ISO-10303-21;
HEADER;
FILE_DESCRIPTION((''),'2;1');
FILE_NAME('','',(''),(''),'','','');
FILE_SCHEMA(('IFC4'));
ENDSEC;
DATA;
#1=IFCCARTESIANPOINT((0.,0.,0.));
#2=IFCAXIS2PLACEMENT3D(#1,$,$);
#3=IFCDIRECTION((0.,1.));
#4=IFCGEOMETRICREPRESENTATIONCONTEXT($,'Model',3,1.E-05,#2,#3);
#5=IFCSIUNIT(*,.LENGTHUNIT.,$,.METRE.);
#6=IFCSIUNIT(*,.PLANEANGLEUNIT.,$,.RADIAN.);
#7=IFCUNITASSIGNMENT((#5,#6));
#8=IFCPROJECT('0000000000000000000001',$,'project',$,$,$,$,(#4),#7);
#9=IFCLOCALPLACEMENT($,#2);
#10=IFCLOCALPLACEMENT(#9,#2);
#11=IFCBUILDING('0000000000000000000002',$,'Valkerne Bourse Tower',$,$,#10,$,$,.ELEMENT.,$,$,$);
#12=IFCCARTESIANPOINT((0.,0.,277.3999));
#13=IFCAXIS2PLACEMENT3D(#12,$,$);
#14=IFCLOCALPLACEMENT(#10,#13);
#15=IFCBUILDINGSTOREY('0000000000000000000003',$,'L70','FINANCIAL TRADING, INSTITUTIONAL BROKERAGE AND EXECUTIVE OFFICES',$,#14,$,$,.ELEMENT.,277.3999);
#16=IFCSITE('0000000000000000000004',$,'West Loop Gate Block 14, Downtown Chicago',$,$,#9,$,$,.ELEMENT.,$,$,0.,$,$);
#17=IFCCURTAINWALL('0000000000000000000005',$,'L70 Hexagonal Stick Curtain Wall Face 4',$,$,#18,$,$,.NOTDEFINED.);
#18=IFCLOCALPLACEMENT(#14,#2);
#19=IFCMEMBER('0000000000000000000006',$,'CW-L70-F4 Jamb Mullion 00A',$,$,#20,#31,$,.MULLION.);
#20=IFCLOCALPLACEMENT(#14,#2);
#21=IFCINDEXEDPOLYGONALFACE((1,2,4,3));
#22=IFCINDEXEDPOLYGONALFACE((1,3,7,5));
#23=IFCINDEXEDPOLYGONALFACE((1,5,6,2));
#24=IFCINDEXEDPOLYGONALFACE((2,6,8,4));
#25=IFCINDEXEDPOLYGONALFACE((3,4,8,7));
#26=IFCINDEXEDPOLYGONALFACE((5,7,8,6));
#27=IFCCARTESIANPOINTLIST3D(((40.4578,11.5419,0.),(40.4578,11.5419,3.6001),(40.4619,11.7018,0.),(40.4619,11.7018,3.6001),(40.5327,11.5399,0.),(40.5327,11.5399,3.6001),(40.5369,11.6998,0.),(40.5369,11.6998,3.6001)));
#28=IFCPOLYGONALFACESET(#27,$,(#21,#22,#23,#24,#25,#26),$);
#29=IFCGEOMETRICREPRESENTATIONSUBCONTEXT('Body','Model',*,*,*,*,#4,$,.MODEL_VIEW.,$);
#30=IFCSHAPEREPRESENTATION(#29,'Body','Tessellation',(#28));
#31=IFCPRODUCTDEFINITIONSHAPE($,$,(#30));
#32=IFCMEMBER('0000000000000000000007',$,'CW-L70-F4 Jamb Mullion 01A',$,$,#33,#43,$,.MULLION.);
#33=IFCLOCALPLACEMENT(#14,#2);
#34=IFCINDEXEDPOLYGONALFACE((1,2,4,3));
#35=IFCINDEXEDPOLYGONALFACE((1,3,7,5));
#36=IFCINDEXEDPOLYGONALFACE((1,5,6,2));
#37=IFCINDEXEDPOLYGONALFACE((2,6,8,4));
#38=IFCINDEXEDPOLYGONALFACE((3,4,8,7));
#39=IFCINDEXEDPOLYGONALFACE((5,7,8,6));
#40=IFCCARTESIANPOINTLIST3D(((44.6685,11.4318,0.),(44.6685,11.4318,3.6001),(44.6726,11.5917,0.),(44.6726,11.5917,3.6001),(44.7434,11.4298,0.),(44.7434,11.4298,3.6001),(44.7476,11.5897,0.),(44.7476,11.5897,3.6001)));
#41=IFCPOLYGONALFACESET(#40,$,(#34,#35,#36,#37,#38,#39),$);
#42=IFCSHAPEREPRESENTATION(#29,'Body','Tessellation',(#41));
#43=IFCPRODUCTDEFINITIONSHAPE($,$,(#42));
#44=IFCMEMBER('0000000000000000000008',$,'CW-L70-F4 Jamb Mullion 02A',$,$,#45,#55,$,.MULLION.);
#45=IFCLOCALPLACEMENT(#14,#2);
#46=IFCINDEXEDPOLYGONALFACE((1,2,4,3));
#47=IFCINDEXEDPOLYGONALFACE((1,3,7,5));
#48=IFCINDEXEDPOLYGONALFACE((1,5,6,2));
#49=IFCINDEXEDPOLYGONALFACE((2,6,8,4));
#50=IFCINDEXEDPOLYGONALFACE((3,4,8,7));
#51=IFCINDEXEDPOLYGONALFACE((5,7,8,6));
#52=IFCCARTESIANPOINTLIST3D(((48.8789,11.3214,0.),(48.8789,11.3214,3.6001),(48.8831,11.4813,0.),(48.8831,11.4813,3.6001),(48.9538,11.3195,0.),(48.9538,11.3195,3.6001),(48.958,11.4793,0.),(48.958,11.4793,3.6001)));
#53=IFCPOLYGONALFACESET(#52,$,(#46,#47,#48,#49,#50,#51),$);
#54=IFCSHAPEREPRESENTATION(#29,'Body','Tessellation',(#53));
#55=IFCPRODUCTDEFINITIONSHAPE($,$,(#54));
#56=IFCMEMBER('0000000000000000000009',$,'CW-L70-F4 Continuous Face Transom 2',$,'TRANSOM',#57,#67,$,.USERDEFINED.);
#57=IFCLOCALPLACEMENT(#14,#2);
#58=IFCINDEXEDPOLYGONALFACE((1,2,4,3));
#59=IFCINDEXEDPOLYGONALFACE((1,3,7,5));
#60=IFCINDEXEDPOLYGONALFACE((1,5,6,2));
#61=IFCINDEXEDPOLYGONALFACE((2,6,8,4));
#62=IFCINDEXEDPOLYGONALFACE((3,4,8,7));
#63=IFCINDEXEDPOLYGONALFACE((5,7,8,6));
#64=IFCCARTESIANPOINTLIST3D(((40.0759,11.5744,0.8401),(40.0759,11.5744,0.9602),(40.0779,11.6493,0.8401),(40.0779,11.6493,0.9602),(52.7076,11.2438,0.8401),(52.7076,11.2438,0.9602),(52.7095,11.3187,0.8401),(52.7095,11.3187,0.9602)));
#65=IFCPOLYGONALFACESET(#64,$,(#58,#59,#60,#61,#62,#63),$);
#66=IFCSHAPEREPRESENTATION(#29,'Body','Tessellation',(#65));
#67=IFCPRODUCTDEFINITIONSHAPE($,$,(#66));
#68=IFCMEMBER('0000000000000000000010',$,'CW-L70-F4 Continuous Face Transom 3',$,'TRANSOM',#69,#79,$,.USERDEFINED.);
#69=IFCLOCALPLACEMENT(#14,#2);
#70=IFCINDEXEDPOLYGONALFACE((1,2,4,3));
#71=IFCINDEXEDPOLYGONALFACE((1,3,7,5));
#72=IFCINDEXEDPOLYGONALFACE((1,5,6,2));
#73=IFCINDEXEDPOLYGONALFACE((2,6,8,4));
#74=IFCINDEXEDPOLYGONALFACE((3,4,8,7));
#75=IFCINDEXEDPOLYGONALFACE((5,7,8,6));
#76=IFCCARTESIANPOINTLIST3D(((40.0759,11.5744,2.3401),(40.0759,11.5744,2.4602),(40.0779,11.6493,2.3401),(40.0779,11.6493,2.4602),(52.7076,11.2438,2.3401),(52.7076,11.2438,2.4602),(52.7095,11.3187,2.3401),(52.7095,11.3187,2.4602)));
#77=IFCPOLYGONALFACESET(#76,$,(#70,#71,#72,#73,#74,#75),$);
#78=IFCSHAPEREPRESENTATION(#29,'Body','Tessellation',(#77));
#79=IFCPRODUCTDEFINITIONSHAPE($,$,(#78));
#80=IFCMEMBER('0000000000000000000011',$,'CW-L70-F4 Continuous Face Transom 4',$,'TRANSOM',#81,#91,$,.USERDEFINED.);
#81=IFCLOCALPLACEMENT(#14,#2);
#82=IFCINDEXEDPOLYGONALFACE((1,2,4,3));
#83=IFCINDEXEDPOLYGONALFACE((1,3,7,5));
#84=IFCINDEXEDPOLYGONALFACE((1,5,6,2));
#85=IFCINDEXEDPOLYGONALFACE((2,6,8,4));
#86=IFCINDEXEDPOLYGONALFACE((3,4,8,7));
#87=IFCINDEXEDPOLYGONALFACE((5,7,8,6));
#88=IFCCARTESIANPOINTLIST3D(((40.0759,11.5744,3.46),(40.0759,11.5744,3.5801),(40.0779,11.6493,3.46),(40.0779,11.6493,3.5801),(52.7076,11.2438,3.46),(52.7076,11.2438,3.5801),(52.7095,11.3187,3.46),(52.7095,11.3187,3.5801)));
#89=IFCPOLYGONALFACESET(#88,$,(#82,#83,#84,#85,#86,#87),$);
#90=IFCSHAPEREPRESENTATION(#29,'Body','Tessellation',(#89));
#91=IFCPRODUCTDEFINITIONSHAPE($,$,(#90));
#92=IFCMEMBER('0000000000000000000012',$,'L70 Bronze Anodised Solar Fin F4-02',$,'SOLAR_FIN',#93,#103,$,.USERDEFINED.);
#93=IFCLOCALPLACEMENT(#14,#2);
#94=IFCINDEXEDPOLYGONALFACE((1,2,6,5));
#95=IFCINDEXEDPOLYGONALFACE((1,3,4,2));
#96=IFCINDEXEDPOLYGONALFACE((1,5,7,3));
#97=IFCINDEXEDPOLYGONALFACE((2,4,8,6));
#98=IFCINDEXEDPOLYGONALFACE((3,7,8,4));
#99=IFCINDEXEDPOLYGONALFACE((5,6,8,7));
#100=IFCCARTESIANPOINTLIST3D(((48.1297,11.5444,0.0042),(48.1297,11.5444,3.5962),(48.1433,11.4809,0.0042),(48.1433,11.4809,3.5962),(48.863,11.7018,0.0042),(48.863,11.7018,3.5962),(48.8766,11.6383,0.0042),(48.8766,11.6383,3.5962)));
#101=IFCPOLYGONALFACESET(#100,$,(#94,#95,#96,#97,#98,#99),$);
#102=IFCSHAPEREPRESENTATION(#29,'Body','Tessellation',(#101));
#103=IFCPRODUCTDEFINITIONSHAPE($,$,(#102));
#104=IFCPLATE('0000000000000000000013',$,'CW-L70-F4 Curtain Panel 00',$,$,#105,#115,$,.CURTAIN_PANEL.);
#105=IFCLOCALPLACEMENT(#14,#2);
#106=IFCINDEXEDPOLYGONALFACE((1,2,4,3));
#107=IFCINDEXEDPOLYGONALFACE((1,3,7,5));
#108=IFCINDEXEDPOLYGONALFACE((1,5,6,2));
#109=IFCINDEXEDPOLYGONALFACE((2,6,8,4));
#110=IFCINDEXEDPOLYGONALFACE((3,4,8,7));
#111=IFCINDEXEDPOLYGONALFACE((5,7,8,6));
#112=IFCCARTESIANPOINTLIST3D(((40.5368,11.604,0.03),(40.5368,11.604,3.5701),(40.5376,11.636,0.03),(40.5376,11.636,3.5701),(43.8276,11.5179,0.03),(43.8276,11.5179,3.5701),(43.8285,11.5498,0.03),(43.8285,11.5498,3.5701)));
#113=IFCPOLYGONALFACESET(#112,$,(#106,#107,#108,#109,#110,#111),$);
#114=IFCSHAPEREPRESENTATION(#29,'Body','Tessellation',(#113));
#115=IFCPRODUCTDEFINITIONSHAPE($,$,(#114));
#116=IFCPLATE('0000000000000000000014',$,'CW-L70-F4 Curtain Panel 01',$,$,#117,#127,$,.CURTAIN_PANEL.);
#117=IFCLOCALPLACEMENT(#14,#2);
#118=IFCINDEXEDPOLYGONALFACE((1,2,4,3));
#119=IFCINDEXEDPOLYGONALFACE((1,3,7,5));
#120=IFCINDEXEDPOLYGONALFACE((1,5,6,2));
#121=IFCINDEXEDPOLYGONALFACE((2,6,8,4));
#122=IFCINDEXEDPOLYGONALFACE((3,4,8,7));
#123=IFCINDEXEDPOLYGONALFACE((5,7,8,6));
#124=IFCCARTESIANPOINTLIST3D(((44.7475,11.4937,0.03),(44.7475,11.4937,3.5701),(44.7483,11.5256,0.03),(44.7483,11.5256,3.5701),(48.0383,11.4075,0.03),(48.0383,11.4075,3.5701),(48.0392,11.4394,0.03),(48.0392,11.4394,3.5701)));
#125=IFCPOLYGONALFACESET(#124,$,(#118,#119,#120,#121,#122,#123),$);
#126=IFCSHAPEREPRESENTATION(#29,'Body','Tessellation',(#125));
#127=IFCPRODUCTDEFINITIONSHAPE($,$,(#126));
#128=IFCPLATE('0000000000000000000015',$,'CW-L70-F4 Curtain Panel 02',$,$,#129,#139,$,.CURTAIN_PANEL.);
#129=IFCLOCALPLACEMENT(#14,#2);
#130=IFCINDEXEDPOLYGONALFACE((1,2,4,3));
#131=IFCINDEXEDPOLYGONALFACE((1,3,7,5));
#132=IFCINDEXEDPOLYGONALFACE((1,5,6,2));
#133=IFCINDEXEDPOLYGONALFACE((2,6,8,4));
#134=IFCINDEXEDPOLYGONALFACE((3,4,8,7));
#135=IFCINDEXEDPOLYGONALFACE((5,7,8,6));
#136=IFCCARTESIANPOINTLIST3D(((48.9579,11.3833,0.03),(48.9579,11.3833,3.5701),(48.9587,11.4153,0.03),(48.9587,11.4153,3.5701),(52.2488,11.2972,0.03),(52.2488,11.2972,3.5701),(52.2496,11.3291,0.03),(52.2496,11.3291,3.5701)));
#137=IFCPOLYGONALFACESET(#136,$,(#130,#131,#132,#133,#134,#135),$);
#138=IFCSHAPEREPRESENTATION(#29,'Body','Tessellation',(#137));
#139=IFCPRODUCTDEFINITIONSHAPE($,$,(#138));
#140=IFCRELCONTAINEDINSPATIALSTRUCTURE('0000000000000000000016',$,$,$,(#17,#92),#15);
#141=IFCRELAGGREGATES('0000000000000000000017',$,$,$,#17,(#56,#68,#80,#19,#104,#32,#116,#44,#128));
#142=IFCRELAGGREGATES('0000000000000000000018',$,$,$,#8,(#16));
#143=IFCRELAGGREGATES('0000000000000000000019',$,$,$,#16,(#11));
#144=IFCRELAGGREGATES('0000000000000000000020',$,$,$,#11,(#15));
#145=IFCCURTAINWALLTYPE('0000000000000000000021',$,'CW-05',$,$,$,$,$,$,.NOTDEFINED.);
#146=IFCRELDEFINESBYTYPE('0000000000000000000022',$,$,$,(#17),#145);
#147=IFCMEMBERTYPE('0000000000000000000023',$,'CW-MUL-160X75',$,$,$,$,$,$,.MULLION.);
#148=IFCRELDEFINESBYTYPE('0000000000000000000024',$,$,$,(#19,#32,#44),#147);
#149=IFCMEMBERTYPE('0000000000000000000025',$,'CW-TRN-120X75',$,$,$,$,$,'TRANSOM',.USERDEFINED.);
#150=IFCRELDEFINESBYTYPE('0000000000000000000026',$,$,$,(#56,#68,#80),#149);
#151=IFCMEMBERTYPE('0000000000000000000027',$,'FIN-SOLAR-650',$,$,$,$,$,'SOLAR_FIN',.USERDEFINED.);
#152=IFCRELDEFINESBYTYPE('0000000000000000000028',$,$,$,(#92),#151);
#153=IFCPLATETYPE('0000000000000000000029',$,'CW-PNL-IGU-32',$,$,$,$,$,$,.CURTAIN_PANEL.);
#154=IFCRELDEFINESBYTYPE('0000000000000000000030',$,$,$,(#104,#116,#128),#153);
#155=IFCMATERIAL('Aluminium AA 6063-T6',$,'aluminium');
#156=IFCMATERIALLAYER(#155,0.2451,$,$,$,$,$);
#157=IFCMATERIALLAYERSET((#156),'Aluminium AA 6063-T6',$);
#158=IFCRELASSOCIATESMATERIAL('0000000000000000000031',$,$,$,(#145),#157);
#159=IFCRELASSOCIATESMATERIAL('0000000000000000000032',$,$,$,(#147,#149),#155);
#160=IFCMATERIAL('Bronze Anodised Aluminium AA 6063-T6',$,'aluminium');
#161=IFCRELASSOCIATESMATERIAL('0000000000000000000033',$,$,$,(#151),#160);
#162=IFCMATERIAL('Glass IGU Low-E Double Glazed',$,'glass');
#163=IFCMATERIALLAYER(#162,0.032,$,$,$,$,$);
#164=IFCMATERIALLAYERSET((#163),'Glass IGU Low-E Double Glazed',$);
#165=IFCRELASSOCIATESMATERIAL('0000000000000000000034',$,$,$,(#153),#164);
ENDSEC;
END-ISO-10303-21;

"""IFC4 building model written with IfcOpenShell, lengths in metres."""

from ifc_helpers import new_model, si_unit, direction, frame, origin, origin_2d, place, context, subcontext, project, spatial, rectangle, extrude, material, layer, layer_set, material_profile, profile_set, type_object, element, aggregate, save


model = new_model("IFC4")

# Units and contexts
model_context = context("Model", 3, precision=1e-05, world=origin(), true_north=direction((0.0, 1.0)))
body_context = subcontext(model_context, "Body", "Model", "MODEL_VIEW")
ifc_project = project(units=[si_unit("LENGTHUNIT", "METRE"), si_unit("PLANEANGLEUNIT", "RADIAN")], contexts=[model_context])

# Site, building, storey
site_placement = place(None, origin())
site = spatial("IfcSite", under=ifc_project, at=site_placement, Name="West Loop Gate Block 14, Downtown Chicago", CompositionType="ELEMENT", RefElevation=0.0)
building_placement = place(site_placement, origin())
building = spatial("IfcBuilding", under=site, at=building_placement, Name="Valkerne Bourse Tower", CompositionType="ELEMENT")
storey_placement = place(building_placement, frame((0.0, 0.0, 277.3999)))
storey = spatial("IfcBuildingStorey", under=building, at=storey_placement, Name="L70", Description="FINANCIAL TRADING, INSTITUTIONAL BROKERAGE AND EXECUTIVE OFFICES", CompositionType="ELEMENT", Elevation=277.3999)

# Curtain wall, members
ifc_material_1 = material(Name="Aluminium AA 6063-T6", Category="aluminium")
ifc_layer_1 = layer(ifc_material_1, 0.2451)
ifc_layer_set_1 = layer_set([ifc_layer_1], Name="Aluminium AA 6063-T6")
curtain_wall_type = type_object("IfcCurtainWallType", Name="CW-05", PredefinedType="NOTDEFINED", material=ifc_layer_set_1)
curtain_wall_placement = place(storey_placement, origin())
curtain_wall = element("IfcCurtainWall", 1, at=curtain_wall_placement, inside=storey, type_object=curtain_wall_type, Name="L70 Hexagonal Stick Curtain Wall Face 4", PredefinedType="NOTDEFINED")
ifc_material_profile_1 = material_profile(ifc_material_1, rectangle(XDim=0.075, YDim=0.1599, at=origin_2d()), Name="CWM-75X160")
ifc_profile_set_1 = profile_set([ifc_material_profile_1], Name="Aluminium AA 6063-T6")
member_type_1 = type_object("IfcMemberType", Name="CW-MUL-160X75", PredefinedType="MULLION", material=ifc_profile_set_1)
member_1_placement = place(storey_placement, frame((40.4973, 11.6208, 0.0), z_axis=(0.0, 0.0, 1.0), x_axis=(0.999658, -0.026163, 0.0)))
member_1 = element("IfcMember", 2, at=member_1_placement, type_object=member_type_1, Name="CW-L70-F4 Jamb Mullion 00A", PredefinedType="MULLION", context=body_context, shape_type="SweptSolid", body=[
    extrude(rectangle(XDim=0.075, YDim=0.1599, at=origin_2d()), origin(), (0.0, 0.0, 1.0), 3.6001),
])
member_2_placement = place(storey_placement, frame((44.708, 11.5107, 0.0), z_axis=(0.0, 0.0, 1.0), x_axis=(0.999657, -0.026187, 0.0)))
member_2 = element("IfcMember", 3, at=member_2_placement, type_object=member_type_1, Name="CW-L70-F4 Jamb Mullion 01A", PredefinedType="MULLION", context=body_context, shape_type="SweptSolid", body=[
    extrude(rectangle(XDim=0.075, YDim=0.1599, at=origin_2d()), origin(), (0.0, 0.0, 1.0), 3.6001),
])
member_3_placement = place(storey_placement, frame((48.9185, 11.4004, 0.0), z_axis=(0.0, 0.0, 1.0), x_axis=(0.999658, -0.026163, 0.0)))
member_3 = element("IfcMember", 4, at=member_3_placement, type_object=member_type_1, Name="CW-L70-F4 Jamb Mullion 02A", PredefinedType="MULLION", context=body_context, shape_type="SweptSolid", body=[
    extrude(rectangle(XDim=0.075, YDim=0.1599, at=origin_2d()), origin(), (0.0, 0.0, 1.0), 3.6001),
])
ifc_material_profile_2 = material_profile(ifc_material_1, rectangle(XDim=0.075, YDim=0.1201, at=origin_2d()), Name="CWT-75X120")
ifc_profile_set_2 = profile_set([ifc_material_profile_2], Name="Aluminium AA 6063-T6")
member_type_2 = type_object("IfcMemberType", Name="CW-TRN-120X75", ElementType="TRANSOM", PredefinedType="USERDEFINED", material=ifc_profile_set_2)
member_4_placement = place(storey_placement, frame((40.0769, 11.6118, 0.9001), z_axis=(0.999658, -0.026161, 0.0), x_axis=(0.026161, 0.999658, 0.0)))
member_4 = element("IfcMember", 5, at=member_4_placement, type_object=member_type_2, Name="CW-L70-F4 Continuous Face Transom 2", ObjectType="TRANSOM", PredefinedType="USERDEFINED", context=body_context, shape_type="SweptSolid", body=[
    extrude(rectangle(XDim=0.075, YDim=0.1201, at=origin_2d()), origin(), (0.0, 0.0, 1.0), 12.636),
])
member_5_placement = place(storey_placement, frame((40.0769, 11.6118, 2.4001), z_axis=(0.999658, -0.026161, 0.0), x_axis=(0.026161, 0.999658, 0.0)))
member_5 = element("IfcMember", 6, at=member_5_placement, type_object=member_type_2, Name="CW-L70-F4 Continuous Face Transom 3", ObjectType="TRANSOM", PredefinedType="USERDEFINED", context=body_context, shape_type="SweptSolid", body=[
    extrude(rectangle(XDim=0.075, YDim=0.1201, at=origin_2d()), origin(), (0.0, 0.0, 1.0), 12.636),
])
member_6_placement = place(storey_placement, frame((40.0769, 11.6118, 3.52), z_axis=(0.999658, -0.026161, 0.0), x_axis=(0.026161, 0.999658, 0.0)))
member_6 = element("IfcMember", 7, at=member_6_placement, type_object=member_type_2, Name="CW-L70-F4 Continuous Face Transom 4", ObjectType="TRANSOM", PredefinedType="USERDEFINED", context=body_context, shape_type="SweptSolid", body=[
    extrude(rectangle(XDim=0.075, YDim=0.1201, at=origin_2d()), origin(), (0.0, 0.0, 1.0), 12.636),
])

# Member
ifc_material_2 = material(Name="Bronze Anodised Aluminium AA 6063-T6", Category="aluminium")
ifc_material_profile_3 = material_profile(ifc_material_2, rectangle(XDim=0.0649, YDim=0.75, at=origin_2d()), Name="FIN-65X750")
ifc_profile_set_3 = profile_set([ifc_material_profile_3], Name="Bronze Anodised Aluminium AA 6063-T6")
member_type_3 = type_object("IfcMemberType", Name="FIN-SOLAR-650", ElementType="SOLAR_FIN", PredefinedType="USERDEFINED", material=ifc_profile_set_3)
member_7_placement = place(storey_placement, frame((48.5032, 11.5913, 0.0042), z_axis=(0.0, 0.0, 1.0), x_axis=(0.209856, -0.977732, 0.0)))
element("IfcMember", 8, at=member_7_placement, inside=storey, type_object=member_type_3, Name="L70 Bronze Anodised Solar Fin F4-02", ObjectType="SOLAR_FIN", PredefinedType="USERDEFINED", context=body_context, shape_type="SweptSolid", body=[
    extrude(rectangle(XDim=0.0649, YDim=0.75, at=origin_2d()), origin(), (0.0, 0.0, 1.0), 3.592),
])

# Plates
ifc_material_3 = material(Name="Glass IGU Low-E Double Glazed", Category="glass")
ifc_layer_2 = layer(ifc_material_3, 0.032)
ifc_layer_set_2 = layer_set([ifc_layer_2], Name="Glass IGU Low-E Double Glazed")
plate_type = type_object("IfcPlateType", Name="CW-PNL-IGU-32", PredefinedType="CURTAIN_PANEL", material=ifc_layer_set_2)
plate_1_placement = place(storey_placement, frame((42.1826, 11.5769, 0.03), z_axis=(0.0, 0.0, 1.0), x_axis=(0.999658, -0.026163, 0.0)))
plate_1 = element("IfcPlate", 9, at=plate_1_placement, type_object=plate_type, Name="CW-L70-F4 Curtain Panel 00", PredefinedType="CURTAIN_PANEL", context=body_context, shape_type="SweptSolid", body=[
    extrude(rectangle(XDim=3.292, YDim=0.032, at=origin_2d()), origin(), (0.0, 0.0, 1.0), 3.54),
])
plate_2_placement = place(storey_placement, frame((46.3933, 11.4666, 0.03), z_axis=(0.0, 0.0, 1.0), x_axis=(0.999657, -0.026187, 0.0)))
plate_2 = element("IfcPlate", 10, at=plate_2_placement, type_object=plate_type, Name="CW-L70-F4 Curtain Panel 01", PredefinedType="CURTAIN_PANEL", context=body_context, shape_type="SweptSolid", body=[
    extrude(rectangle(XDim=3.292, YDim=0.032, at=origin_2d()), origin(), (0.0, 0.0, 1.0), 3.54),
])
plate_3_placement = place(storey_placement, frame((50.6038, 11.3562, 0.03), z_axis=(0.0, 0.0, 1.0), x_axis=(0.999658, -0.026163, 0.0)))
plate_3 = element("IfcPlate", 11, at=plate_3_placement, type_object=plate_type, Name="CW-L70-F4 Curtain Panel 02", PredefinedType="CURTAIN_PANEL", context=body_context, shape_type="SweptSolid", body=[
    extrude(rectangle(XDim=3.292, YDim=0.032, at=origin_2d()), origin(), (0.0, 0.0, 1.0), 3.54),
])
aggregate(curtain_wall, [member_4, member_5, member_6, member_1, plate_1, member_2, plate_2, member_3, plate_3])

save(model, "model.ifc")
